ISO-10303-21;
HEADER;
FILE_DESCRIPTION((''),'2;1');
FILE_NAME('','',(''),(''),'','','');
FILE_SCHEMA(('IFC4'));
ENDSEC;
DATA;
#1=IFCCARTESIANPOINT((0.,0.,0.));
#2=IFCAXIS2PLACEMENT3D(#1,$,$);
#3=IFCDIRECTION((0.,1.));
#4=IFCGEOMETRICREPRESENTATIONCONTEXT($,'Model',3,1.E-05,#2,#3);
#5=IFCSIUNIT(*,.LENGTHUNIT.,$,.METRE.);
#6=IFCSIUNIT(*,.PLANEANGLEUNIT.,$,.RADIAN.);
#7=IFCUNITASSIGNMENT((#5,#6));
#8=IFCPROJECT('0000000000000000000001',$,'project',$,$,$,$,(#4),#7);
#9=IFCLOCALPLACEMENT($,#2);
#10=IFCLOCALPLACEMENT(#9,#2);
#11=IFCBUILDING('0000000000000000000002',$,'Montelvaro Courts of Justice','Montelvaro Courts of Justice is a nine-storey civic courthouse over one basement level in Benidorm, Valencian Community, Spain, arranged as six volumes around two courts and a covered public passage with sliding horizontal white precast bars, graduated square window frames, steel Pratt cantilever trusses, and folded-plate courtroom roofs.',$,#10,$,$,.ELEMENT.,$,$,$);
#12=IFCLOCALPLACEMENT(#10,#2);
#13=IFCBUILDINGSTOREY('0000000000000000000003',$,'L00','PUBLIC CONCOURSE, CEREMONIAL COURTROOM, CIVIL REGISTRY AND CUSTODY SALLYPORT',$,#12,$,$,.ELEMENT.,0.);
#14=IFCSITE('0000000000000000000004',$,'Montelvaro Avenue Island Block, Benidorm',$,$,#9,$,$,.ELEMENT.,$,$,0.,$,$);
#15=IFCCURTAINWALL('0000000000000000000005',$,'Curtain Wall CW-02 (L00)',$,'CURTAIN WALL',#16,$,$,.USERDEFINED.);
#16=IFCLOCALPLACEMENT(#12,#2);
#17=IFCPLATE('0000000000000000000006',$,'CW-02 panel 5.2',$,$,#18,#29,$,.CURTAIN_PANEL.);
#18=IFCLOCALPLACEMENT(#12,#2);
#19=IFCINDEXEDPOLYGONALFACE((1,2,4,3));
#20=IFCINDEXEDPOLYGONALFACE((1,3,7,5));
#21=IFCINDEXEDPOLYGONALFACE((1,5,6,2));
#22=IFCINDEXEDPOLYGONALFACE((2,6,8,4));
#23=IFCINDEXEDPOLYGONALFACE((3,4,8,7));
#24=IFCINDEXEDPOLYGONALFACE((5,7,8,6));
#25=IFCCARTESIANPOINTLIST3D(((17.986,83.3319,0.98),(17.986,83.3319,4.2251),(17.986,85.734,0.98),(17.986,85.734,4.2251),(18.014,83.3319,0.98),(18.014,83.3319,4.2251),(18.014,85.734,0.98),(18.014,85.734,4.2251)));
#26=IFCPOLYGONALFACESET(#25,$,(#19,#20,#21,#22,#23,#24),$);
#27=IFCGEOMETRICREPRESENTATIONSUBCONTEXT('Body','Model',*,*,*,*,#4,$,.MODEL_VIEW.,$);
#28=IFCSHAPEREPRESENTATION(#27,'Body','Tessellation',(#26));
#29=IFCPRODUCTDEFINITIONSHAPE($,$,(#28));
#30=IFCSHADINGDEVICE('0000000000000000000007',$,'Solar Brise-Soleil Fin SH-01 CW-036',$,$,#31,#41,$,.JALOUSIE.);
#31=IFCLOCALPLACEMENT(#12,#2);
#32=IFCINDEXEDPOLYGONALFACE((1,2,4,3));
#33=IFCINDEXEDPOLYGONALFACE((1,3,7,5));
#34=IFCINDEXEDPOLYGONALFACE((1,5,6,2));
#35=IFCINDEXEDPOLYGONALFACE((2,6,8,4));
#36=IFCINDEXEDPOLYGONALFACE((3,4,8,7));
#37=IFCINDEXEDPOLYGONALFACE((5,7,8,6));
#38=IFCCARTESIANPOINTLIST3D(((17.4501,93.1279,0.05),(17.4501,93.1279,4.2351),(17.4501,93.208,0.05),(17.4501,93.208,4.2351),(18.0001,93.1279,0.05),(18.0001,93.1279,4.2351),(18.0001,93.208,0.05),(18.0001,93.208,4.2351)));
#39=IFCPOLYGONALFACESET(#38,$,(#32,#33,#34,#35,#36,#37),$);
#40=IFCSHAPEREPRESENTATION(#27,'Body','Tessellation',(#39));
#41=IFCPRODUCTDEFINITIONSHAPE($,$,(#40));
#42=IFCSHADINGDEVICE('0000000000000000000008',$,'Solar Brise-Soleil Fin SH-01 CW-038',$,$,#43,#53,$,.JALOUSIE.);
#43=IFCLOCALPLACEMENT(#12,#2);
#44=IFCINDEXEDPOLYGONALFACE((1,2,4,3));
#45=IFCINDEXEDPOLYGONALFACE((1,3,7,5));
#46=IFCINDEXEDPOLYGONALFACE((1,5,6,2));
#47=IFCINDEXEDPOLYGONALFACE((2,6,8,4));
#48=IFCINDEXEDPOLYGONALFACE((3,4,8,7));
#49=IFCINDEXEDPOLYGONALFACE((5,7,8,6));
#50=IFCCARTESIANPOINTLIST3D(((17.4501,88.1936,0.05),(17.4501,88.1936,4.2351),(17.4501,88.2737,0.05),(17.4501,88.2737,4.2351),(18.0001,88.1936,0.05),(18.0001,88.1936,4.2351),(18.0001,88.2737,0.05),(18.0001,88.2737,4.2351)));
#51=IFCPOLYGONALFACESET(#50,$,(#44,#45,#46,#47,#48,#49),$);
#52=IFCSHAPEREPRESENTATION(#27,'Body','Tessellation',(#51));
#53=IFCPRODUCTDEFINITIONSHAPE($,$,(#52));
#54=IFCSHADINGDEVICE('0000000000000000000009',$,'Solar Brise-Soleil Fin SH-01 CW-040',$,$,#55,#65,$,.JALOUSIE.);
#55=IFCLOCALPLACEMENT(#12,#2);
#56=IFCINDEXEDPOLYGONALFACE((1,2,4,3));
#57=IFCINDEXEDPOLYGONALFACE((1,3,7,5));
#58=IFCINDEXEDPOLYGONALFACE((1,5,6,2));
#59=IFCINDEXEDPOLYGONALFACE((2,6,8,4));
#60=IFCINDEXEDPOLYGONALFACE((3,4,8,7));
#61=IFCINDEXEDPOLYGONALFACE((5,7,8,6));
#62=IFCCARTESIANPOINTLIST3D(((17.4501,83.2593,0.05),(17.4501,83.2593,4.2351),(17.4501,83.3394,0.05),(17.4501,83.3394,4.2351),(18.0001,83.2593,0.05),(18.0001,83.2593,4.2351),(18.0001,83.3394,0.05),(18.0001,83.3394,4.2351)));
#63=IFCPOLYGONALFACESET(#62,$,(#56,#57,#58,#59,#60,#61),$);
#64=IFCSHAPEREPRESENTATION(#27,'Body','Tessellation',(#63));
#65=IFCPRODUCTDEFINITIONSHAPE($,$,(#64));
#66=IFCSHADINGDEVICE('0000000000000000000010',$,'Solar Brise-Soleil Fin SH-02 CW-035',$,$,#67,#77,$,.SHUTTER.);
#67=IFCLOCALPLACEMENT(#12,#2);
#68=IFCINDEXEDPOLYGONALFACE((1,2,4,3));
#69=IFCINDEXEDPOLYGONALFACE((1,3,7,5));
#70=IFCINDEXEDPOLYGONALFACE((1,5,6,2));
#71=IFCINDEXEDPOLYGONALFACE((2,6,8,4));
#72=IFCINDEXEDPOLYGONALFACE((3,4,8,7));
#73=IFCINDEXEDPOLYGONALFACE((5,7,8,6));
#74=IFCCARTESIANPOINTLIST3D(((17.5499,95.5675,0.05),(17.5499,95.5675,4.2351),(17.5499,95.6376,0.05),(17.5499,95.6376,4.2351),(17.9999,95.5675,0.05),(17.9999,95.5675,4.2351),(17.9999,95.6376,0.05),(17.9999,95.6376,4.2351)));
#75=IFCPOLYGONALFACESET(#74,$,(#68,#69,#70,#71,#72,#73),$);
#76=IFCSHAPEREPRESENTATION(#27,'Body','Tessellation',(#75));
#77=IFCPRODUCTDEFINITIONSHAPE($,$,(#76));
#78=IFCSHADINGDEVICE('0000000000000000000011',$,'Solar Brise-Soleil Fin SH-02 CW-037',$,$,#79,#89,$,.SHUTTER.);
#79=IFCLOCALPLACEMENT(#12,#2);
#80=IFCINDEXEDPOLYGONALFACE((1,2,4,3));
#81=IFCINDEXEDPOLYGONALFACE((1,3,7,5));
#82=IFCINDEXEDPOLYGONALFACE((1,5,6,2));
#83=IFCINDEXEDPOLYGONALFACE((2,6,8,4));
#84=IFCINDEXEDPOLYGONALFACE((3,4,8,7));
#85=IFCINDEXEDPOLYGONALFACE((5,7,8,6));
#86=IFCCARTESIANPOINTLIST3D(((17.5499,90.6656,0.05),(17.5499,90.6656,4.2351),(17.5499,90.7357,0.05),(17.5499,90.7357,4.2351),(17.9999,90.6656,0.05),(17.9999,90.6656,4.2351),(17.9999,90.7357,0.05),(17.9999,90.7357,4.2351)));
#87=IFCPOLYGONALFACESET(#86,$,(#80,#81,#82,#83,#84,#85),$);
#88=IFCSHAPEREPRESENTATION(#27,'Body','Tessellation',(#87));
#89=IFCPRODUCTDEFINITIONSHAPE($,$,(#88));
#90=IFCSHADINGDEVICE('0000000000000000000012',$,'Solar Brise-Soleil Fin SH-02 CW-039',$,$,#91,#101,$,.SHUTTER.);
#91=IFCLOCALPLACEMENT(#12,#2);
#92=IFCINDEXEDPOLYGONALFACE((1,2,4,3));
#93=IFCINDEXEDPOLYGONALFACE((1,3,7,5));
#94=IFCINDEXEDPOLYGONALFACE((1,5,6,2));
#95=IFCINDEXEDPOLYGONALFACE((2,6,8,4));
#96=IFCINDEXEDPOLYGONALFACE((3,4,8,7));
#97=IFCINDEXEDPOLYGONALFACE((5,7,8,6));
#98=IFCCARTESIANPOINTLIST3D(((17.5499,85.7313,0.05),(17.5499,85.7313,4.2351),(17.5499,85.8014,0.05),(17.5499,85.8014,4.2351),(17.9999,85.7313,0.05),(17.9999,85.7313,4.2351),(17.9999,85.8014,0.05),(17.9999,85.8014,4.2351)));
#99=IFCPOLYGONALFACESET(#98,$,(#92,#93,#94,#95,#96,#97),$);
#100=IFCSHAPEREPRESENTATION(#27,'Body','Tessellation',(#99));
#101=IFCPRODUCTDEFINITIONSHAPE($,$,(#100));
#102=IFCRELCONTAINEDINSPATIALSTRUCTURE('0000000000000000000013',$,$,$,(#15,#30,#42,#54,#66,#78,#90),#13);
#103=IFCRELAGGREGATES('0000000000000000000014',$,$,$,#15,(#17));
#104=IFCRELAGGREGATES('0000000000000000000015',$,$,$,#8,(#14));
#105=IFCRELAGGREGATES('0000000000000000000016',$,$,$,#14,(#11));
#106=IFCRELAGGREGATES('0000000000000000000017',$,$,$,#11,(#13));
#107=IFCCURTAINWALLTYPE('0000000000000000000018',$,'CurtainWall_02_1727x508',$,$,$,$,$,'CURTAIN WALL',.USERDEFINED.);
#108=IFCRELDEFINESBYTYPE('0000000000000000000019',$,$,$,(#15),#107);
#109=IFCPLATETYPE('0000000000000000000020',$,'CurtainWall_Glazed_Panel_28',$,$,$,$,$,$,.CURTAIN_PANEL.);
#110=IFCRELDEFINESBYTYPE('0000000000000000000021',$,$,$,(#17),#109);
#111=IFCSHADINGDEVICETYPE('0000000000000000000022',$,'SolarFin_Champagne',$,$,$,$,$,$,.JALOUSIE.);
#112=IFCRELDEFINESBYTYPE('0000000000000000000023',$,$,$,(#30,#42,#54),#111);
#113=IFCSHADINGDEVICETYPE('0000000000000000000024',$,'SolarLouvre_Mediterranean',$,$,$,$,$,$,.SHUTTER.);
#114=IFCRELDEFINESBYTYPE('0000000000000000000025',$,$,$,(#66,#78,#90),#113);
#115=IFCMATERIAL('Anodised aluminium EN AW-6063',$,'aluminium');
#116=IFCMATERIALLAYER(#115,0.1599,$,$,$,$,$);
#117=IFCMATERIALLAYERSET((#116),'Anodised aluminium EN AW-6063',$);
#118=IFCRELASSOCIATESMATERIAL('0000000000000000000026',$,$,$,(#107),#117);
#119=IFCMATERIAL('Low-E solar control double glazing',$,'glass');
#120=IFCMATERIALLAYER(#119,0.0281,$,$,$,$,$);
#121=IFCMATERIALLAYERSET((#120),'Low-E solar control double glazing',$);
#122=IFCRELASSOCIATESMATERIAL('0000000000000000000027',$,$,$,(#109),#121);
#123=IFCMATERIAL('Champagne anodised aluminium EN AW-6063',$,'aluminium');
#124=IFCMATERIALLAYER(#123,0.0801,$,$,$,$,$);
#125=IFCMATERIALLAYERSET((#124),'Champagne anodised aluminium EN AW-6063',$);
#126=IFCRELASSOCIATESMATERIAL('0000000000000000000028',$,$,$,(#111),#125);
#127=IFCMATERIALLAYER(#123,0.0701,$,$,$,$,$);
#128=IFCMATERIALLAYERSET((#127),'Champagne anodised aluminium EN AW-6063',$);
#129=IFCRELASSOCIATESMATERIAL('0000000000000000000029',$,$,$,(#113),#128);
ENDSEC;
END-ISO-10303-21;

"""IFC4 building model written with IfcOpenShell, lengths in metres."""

from ifc_helpers import new_model, si_unit, direction, frame, origin, origin_2d, place, context, subcontext, project, spatial, rectangle, extrude, material, layer, layer_set, type_object, element, aggregate, save


model = new_model("IFC4")

# Units and contexts
model_context = context("Model", 3, precision=1e-05, world=origin(), true_north=direction((0.0, 1.0)))
body_context = subcontext(model_context, "Body", "Model", "MODEL_VIEW")
ifc_project = project(units=[si_unit("LENGTHUNIT", "METRE"), si_unit("PLANEANGLEUNIT", "RADIAN")], contexts=[model_context])

# Site, building, storey
site_placement = place(None, origin())
site = spatial("IfcSite", under=ifc_project, at=site_placement, Name="Montelvaro Avenue Island Block, Benidorm", CompositionType="ELEMENT", RefElevation=0.0)
building_placement = place(site_placement, origin())
building = spatial("IfcBuilding", under=site, at=building_placement, Name="Montelvaro Courts of Justice", Description="Montelvaro Courts of Justice is a nine-storey civic courthouse over one basement level in Benidorm, Valencian Community, Spain, arranged as six volumes around two courts and a covered public passage with sliding horizontal white precast bars, graduated square window frames, steel Pratt cantilever trusses, and folded-plate courtroom roofs.", CompositionType="ELEMENT")
storey_placement = place(building_placement, origin())
storey = spatial("IfcBuildingStorey", under=building, at=storey_placement, Name="L00", Description="PUBLIC CONCOURSE, CEREMONIAL COURTROOM, CIVIL REGISTRY AND CUSTODY SALLYPORT", CompositionType="ELEMENT", Elevation=0.0)

# Curtain wall, plate
ifc_material_1 = material(Name="Anodised aluminium EN AW-6063", Category="aluminium")
ifc_layer_1 = layer(ifc_material_1, 0.1599)
ifc_layer_set_1 = layer_set([ifc_layer_1], Name="Anodised aluminium EN AW-6063")
curtain_wall_type = type_object("IfcCurtainWallType", Name="CurtainWall_02_1727x508", ElementType="CURTAIN WALL", PredefinedType="USERDEFINED", material=ifc_layer_set_1)
curtain_wall_placement = place(storey_placement, origin())
curtain_wall = element("IfcCurtainWall", 1, at=curtain_wall_placement, inside=storey, type_object=curtain_wall_type, Name="Curtain Wall CW-02 (L00)", ObjectType="CURTAIN WALL", PredefinedType="USERDEFINED")
ifc_material_2 = material(Name="Low-E solar control double glazing", Category="glass")
ifc_layer_2 = layer(ifc_material_2, 0.0281)
ifc_layer_set_2 = layer_set([ifc_layer_2], Name="Low-E solar control double glazing")
plate_type = type_object("IfcPlateType", Name="CurtainWall_Glazed_Panel_28", PredefinedType="CURTAIN_PANEL", material=ifc_layer_set_2)
plate_1_placement = place(storey_placement, frame((18.0, 84.533, 0.98), z_axis=(0.0, 0.0, 1.0), x_axis=(0.0, -1.0, 0.0)))
plate_1 = element("IfcPlate", 2, at=plate_1_placement, type_object=plate_type, Name="CW-02 panel 5.2", PredefinedType="CURTAIN_PANEL", context=body_context, shape_type="SweptSolid", body=[
    extrude(rectangle(XDim=2.4021, YDim=0.0281, at=origin_2d()), origin(), (0.0, 0.0, 1.0), 3.2451),
])
aggregate(curtain_wall, [plate_1])

# Shading devices
ifc_material_3 = material(Name="Champagne anodised aluminium EN AW-6063", Category="aluminium")
ifc_layer_3 = layer(ifc_material_3, 0.0801)
ifc_layer_set_3 = layer_set([ifc_layer_3], Name="Champagne anodised aluminium EN AW-6063")
shading_device_type_1 = type_object("IfcShadingDeviceType", Name="SolarFin_Champagne", PredefinedType="JALOUSIE", material=ifc_layer_set_3)
for number, where, z_axis, x_axis, name in (
    (3, (17.7251, 93.168, 0.05), (0.0, 0.0, 1.0), (0.0, -1.0, 0.0), "Solar Brise-Soleil Fin SH-01 CW-036"),
    (4, (17.7251, 88.2336, 0.05), (0.0, 0.0, 1.0), (0.0, -1.0, 0.0), "Solar Brise-Soleil Fin SH-01 CW-038"),
    (5, (17.7251, 83.2993, 0.05), (0.0, 0.0, 1.0), (0.0, -1.0, 0.0), "Solar Brise-Soleil Fin SH-01 CW-040"),
):
    element("IfcShadingDevice", number, at=place(storey_placement, frame(where, z_axis=z_axis, x_axis=x_axis)), inside=storey, type_object=shading_device_type_1, Name=name, PredefinedType="JALOUSIE", context=body_context, shape_type="SweptSolid", body=[
        extrude(rectangle(XDim=0.0801, YDim=0.55, at=origin_2d()), origin(), (0.0, 0.0, 1.0), 4.1851),
    ])
ifc_layer_4 = layer(ifc_material_3, 0.0701)
ifc_layer_set_4 = layer_set([ifc_layer_4], Name="Champagne anodised aluminium EN AW-6063")
shading_device_type_2 = type_object("IfcShadingDeviceType", Name="SolarLouvre_Mediterranean", PredefinedType="SHUTTER", material=ifc_layer_set_4)
for number, where, z_axis, x_axis, name in (
    (6, (17.7749, 95.6025, 0.05), (0.0, 0.0, 1.0), (0.0, -1.0, 0.0), "Solar Brise-Soleil Fin SH-02 CW-035"),
    (7, (17.7749, 90.7007, 0.05), (0.0, 0.0, 1.0), (0.0, -1.0, 0.0), "Solar Brise-Soleil Fin SH-02 CW-037"),
    (8, (17.7749, 85.7664, 0.05), (0.0, 0.0, 1.0), (0.0, -1.0, 0.0), "Solar Brise-Soleil Fin SH-02 CW-039"),
):
    element("IfcShadingDevice", number, at=place(storey_placement, frame(where, z_axis=z_axis, x_axis=x_axis)), inside=storey, type_object=shading_device_type_2, Name=name, PredefinedType="SHUTTER", context=body_context, shape_type="SweptSolid", body=[
        extrude(rectangle(XDim=0.0701, YDim=0.45, at=origin_2d()), origin(), (0.0, 0.0, 1.0), 4.1851),
    ])

save(model, "model.ifc")
